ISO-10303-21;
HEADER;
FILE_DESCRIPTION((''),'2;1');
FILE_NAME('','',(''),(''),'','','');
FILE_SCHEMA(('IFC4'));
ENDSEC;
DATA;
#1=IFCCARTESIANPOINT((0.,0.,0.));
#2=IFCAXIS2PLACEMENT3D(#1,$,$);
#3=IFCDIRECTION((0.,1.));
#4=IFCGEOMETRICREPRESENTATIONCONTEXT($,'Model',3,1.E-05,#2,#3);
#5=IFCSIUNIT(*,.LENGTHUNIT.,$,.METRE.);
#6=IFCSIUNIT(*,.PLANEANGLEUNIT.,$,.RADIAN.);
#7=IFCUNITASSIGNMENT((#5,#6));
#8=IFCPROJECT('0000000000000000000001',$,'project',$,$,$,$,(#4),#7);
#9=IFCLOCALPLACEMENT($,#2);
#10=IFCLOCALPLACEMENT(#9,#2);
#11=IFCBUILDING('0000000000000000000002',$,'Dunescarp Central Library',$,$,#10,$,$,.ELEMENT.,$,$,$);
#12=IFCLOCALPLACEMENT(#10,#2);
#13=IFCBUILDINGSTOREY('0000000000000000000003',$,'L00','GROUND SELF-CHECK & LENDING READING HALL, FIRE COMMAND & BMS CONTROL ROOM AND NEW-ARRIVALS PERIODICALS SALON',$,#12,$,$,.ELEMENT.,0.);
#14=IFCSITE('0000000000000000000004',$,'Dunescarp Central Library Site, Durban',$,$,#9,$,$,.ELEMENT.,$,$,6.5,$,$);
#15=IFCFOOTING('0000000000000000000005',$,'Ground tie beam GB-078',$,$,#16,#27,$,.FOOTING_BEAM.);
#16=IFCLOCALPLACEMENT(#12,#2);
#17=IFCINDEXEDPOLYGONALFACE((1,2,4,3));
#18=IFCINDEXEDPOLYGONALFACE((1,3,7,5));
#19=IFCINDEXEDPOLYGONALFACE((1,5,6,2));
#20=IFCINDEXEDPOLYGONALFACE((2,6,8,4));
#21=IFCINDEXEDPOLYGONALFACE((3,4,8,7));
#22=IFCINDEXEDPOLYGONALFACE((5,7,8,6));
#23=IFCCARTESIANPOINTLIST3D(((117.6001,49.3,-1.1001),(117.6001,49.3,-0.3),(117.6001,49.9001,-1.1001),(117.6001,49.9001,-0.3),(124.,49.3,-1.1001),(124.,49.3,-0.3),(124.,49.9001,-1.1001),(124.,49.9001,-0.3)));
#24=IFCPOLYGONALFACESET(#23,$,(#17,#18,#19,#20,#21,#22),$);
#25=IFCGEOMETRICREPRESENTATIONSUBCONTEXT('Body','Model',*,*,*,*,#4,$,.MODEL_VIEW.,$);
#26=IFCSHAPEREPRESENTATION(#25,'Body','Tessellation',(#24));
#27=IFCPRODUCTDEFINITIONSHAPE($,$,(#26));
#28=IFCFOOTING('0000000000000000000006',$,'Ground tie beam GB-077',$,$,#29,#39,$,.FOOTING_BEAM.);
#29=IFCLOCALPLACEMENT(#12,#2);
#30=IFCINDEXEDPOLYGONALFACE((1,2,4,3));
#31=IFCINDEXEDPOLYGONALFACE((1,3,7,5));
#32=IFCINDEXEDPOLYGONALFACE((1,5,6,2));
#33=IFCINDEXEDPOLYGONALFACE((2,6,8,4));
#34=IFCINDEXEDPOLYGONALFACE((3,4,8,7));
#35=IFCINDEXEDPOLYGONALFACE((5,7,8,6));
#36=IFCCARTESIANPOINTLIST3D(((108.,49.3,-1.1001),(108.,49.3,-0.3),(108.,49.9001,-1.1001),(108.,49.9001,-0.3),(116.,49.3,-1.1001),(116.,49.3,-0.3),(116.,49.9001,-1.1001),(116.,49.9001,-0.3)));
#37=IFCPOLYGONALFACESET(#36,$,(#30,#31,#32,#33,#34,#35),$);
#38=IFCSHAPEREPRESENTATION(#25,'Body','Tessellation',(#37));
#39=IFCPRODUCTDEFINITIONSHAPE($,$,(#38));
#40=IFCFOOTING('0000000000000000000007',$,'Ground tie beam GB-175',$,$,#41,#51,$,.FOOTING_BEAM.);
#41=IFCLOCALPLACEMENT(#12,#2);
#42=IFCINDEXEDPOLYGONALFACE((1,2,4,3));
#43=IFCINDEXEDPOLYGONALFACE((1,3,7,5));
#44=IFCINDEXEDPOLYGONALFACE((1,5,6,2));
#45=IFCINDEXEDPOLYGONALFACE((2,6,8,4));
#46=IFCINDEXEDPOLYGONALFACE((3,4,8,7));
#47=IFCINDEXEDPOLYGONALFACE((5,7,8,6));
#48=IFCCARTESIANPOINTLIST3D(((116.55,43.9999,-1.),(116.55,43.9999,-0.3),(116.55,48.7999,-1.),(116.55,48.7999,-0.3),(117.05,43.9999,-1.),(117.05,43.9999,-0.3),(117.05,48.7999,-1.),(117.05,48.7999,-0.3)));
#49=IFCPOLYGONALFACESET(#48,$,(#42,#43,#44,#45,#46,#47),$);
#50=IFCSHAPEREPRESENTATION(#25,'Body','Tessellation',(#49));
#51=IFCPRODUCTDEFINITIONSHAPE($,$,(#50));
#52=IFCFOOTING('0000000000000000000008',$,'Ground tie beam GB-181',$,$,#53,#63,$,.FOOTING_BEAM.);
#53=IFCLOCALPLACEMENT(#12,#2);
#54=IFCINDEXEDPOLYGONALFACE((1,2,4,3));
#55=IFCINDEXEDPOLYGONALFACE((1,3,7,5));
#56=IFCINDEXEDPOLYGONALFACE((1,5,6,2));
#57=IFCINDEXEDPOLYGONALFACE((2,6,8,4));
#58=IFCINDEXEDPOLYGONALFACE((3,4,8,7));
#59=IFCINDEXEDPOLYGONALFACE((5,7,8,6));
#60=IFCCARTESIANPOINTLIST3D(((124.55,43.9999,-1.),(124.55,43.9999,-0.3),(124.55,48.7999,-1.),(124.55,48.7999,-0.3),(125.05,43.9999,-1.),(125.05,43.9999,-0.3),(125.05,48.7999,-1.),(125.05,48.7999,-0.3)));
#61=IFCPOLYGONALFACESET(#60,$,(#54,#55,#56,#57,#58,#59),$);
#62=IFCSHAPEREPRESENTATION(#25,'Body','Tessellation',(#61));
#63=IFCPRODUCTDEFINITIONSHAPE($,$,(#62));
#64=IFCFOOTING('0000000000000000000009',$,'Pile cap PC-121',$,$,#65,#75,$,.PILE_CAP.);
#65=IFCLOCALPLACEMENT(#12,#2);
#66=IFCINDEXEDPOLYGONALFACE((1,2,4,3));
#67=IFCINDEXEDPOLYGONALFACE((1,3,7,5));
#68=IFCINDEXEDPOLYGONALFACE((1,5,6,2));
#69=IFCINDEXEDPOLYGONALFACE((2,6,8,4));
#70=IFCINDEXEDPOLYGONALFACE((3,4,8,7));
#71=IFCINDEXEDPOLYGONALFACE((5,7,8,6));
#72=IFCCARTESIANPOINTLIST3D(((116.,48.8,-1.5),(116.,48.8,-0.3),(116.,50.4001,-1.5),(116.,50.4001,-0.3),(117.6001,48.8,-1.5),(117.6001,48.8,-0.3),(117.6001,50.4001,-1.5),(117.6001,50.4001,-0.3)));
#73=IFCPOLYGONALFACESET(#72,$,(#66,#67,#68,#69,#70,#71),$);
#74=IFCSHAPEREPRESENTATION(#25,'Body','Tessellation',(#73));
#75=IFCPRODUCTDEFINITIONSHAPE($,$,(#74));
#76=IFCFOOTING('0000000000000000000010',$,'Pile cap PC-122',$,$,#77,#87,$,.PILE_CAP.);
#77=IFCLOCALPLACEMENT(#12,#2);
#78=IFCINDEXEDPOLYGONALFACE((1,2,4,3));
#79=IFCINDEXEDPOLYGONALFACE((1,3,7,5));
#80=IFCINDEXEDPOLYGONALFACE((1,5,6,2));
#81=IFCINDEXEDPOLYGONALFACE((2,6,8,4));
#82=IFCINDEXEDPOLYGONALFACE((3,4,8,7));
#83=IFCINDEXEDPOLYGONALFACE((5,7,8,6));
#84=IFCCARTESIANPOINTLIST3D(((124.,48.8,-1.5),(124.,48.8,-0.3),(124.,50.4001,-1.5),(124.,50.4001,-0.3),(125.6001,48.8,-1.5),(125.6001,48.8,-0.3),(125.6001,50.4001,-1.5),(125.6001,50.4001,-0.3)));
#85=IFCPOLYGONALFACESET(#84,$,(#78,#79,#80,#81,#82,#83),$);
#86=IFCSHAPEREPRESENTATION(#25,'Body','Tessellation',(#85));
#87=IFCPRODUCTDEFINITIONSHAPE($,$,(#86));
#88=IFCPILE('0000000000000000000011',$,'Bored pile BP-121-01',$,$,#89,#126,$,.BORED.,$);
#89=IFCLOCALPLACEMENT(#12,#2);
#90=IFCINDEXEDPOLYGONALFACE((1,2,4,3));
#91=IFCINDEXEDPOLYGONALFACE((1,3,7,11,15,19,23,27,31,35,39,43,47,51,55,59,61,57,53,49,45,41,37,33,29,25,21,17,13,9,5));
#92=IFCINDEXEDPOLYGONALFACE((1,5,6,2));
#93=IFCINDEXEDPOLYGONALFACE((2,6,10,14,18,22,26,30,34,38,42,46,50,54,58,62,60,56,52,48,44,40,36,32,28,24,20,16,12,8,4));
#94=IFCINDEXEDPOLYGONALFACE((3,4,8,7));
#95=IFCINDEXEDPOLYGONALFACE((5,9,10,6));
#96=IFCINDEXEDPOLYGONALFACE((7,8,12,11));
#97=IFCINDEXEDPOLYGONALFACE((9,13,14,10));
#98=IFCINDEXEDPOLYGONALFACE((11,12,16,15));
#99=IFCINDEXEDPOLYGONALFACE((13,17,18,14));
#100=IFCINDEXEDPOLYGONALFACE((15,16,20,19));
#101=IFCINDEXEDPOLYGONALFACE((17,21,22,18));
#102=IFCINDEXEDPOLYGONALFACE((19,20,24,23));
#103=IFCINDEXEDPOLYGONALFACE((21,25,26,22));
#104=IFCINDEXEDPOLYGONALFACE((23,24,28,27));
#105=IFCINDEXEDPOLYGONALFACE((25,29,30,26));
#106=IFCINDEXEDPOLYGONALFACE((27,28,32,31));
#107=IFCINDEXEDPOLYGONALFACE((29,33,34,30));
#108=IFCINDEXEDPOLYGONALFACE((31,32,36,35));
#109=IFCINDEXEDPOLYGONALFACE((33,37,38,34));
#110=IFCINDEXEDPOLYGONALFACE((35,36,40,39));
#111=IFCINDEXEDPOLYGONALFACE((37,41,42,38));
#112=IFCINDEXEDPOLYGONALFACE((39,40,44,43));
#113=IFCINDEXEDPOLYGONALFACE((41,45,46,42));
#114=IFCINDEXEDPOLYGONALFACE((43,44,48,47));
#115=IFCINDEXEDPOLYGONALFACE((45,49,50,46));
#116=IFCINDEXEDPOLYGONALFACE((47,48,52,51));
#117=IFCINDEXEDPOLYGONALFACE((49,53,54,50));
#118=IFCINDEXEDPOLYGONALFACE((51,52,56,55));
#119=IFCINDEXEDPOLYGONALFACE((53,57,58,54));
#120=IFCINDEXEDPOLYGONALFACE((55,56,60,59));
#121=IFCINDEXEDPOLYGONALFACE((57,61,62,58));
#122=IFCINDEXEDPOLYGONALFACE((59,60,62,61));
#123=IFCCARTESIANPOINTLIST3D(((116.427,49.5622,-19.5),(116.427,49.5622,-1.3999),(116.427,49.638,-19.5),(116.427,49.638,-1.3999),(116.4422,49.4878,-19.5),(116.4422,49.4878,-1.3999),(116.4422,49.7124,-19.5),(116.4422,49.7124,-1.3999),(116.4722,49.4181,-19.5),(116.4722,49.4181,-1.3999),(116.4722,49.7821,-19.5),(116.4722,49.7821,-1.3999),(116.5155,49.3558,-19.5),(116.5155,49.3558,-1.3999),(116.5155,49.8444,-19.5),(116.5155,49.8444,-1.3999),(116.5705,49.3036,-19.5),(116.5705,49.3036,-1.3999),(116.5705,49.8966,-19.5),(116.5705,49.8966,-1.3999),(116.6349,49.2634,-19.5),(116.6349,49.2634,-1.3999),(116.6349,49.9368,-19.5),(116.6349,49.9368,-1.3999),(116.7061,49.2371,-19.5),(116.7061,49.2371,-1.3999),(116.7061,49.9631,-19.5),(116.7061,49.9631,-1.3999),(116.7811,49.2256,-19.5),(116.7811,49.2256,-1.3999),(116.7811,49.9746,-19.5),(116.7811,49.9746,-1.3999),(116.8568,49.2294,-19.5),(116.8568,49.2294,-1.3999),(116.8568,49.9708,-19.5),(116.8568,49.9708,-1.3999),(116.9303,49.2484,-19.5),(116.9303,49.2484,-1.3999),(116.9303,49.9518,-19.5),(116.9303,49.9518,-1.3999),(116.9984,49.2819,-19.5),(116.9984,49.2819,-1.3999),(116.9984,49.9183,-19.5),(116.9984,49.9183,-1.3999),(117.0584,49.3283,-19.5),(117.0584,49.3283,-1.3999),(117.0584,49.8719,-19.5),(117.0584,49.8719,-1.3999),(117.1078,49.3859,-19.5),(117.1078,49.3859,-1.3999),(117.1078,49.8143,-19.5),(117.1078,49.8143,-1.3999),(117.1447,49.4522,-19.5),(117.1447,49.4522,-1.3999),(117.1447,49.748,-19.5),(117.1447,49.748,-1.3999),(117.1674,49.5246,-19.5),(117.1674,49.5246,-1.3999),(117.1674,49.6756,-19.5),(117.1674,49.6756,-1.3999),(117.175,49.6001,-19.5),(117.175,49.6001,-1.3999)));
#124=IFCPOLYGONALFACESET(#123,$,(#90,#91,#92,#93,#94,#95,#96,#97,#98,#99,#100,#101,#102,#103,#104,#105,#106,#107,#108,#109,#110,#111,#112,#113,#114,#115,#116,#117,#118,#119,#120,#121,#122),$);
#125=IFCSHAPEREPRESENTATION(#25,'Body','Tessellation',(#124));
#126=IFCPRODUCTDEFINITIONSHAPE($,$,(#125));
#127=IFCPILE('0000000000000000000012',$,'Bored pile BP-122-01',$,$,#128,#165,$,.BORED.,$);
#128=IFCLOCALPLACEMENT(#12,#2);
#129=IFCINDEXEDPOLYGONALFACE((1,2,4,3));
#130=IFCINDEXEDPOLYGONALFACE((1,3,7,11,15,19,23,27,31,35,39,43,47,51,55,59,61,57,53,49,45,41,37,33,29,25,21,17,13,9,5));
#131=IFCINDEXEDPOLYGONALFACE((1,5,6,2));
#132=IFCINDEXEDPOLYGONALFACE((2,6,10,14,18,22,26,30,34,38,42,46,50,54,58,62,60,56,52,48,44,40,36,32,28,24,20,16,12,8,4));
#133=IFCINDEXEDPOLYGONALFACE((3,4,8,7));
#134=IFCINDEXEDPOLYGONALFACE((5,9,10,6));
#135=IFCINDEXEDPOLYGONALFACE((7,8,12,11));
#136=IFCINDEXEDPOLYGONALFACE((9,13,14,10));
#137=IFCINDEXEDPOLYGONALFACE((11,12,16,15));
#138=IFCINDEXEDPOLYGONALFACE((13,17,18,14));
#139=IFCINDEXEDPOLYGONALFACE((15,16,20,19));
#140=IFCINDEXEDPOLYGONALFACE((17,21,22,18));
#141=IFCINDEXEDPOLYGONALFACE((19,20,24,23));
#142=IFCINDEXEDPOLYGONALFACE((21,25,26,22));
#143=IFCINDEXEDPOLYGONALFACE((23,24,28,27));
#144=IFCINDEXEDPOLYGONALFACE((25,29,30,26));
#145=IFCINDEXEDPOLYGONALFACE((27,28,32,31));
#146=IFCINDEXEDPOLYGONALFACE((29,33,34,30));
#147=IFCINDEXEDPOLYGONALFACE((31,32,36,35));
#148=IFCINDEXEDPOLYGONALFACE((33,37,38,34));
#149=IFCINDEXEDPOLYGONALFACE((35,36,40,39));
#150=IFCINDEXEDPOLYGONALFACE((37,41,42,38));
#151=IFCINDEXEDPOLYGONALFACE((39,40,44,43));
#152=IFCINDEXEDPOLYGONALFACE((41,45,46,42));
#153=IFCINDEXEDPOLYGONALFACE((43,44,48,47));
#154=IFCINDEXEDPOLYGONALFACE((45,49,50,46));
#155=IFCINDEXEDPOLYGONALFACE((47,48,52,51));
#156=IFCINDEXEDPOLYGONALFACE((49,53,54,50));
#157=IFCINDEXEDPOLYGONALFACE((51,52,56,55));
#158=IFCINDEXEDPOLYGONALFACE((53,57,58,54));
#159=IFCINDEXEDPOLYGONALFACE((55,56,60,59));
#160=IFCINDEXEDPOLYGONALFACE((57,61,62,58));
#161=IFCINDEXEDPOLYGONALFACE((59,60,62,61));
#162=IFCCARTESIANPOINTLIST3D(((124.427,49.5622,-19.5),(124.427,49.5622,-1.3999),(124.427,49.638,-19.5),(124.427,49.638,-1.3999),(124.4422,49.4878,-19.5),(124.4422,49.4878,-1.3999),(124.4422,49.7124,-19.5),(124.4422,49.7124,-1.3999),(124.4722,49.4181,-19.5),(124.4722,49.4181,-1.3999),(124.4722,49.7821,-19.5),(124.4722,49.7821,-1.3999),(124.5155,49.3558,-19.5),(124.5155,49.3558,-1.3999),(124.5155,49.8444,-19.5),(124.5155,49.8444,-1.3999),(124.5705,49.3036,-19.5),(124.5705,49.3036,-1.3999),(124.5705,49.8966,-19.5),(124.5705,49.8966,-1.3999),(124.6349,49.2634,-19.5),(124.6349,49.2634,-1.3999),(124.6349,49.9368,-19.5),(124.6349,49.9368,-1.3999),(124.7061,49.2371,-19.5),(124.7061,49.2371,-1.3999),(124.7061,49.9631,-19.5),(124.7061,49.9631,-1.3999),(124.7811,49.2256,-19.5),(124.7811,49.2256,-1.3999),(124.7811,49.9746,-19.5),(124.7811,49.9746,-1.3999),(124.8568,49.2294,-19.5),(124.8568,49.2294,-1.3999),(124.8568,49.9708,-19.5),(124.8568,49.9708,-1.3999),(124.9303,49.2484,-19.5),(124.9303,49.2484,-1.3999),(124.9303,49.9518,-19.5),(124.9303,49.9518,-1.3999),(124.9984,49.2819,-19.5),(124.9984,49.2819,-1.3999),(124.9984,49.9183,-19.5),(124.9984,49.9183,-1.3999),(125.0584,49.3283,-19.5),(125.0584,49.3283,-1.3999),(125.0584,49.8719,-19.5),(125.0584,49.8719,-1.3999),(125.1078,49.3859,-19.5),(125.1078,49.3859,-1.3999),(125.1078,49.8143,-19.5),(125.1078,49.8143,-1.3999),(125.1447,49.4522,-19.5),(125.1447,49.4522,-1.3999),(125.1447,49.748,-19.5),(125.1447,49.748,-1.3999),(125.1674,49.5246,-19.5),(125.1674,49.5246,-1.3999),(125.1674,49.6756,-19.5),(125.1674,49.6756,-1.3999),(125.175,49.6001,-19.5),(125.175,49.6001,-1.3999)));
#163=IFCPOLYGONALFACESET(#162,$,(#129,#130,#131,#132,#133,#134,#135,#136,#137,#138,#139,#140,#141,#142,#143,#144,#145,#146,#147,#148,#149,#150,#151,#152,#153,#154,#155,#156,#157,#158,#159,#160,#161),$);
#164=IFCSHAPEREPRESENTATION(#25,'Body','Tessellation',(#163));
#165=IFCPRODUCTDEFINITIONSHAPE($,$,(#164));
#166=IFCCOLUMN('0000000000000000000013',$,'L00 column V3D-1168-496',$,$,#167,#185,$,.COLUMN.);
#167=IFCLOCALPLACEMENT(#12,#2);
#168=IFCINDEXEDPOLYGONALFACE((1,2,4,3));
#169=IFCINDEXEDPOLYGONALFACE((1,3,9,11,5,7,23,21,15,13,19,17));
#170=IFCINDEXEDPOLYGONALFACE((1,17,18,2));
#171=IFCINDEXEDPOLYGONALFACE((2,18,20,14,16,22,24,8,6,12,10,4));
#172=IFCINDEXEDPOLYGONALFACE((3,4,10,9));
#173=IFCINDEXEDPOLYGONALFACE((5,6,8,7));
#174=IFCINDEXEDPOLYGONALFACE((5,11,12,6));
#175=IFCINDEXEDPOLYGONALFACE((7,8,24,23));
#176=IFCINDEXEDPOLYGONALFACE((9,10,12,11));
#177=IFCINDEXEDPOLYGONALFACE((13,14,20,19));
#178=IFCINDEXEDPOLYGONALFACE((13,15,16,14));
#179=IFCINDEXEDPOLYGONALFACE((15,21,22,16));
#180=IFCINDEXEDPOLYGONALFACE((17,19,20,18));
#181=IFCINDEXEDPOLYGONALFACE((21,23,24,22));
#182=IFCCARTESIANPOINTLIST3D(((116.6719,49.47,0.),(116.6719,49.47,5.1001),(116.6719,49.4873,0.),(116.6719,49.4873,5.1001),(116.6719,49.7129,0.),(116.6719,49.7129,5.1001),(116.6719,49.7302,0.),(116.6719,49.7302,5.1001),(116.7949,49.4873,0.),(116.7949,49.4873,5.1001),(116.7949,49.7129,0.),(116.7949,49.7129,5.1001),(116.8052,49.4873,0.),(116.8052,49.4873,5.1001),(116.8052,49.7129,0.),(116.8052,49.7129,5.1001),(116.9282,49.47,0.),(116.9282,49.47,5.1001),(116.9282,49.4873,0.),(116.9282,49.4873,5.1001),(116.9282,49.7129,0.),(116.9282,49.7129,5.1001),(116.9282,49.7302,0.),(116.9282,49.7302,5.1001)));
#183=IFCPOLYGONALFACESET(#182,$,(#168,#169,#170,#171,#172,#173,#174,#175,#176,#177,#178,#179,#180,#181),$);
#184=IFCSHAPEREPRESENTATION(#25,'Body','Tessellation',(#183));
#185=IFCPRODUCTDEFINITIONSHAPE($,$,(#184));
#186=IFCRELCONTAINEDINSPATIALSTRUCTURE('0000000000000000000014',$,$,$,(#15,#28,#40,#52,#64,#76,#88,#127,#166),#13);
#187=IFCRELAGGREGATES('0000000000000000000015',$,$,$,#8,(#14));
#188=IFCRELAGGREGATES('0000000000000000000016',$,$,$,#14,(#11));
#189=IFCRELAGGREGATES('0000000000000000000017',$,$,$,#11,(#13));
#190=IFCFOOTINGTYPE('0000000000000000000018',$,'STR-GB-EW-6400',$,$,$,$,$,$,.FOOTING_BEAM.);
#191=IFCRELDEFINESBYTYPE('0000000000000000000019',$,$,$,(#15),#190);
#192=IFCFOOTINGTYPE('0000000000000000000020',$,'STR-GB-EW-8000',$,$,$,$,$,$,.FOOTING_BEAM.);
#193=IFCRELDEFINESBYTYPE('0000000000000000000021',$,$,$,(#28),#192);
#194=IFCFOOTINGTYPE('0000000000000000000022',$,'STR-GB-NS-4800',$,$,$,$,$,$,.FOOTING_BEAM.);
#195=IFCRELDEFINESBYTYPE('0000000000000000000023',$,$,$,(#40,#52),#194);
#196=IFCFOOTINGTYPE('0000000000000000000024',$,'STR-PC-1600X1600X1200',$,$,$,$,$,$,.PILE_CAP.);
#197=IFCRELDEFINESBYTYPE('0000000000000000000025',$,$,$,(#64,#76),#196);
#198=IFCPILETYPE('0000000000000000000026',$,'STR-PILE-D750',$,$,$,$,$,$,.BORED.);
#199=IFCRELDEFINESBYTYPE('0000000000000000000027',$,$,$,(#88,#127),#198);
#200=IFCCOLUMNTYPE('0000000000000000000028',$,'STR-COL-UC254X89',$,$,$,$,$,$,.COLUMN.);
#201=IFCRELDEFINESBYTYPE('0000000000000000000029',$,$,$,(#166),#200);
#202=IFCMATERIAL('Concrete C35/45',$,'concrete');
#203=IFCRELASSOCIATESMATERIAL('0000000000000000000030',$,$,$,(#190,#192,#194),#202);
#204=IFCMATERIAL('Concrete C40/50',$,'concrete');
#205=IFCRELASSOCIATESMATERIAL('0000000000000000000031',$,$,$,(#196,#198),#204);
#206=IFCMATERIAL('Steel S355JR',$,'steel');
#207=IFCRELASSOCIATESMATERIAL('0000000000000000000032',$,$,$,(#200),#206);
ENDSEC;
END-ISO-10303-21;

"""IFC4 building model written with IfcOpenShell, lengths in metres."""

from ifc_helpers import new_model, si_unit, direction, frame, origin, origin_2d, place, context, subcontext, project, spatial, rectangle, circle, i_section, extrude, material, material_profile, profile_set, type_object, element, save


model = new_model("IFC4")

# Units and contexts
model_context = context("Model", 3, precision=1e-05, world=origin(), true_north=direction((0.0, 1.0)))
body_context = subcontext(model_context, "Body", "Model", "MODEL_VIEW")
ifc_project = project(units=[si_unit("LENGTHUNIT", "METRE"), si_unit("PLANEANGLEUNIT", "RADIAN")], contexts=[model_context])

# Site, building, storey
site_placement = place(None, origin())
site = spatial("IfcSite", under=ifc_project, at=site_placement, Name="Dunescarp Central Library Site, Durban", CompositionType="ELEMENT", RefElevation=6.5)
building_placement = place(site_placement, origin())
building = spatial("IfcBuilding", under=site, at=building_placement, Name="Dunescarp Central Library", CompositionType="ELEMENT")
storey_placement = place(building_placement, origin())
storey = spatial("IfcBuildingStorey", under=building, at=storey_placement, Name="L00", Description="GROUND SELF-CHECK & LENDING READING HALL, FIRE COMMAND & BMS CONTROL ROOM AND NEW-ARRIVALS PERIODICALS SALON", CompositionType="ELEMENT", Elevation=0.0)

# Footings
ifc_material_1 = material(Name="Concrete C35/45", Category="concrete")
footing_type_1 = type_object("IfcFootingType", Name="STR-GB-EW-6400", PredefinedType="FOOTING_BEAM", material=ifc_material_1)
footing_1_placement = place(storey_placement, frame((120.8, 49.6001, -1.1001), z_axis=(0.0, 0.0, 1.0), x_axis=(1.0, 0.0, 0.0)))
element("IfcFooting", 1, at=footing_1_placement, inside=storey, type_object=footing_type_1, Name="Ground tie beam GB-078", PredefinedType="FOOTING_BEAM", context=body_context, shape_type="SweptSolid", body=[
    extrude(rectangle(XDim=6.3999, YDim=0.6001, at=origin_2d()), origin(), (0.0, 0.0, 1.0), 0.8),
])
footing_type_2 = type_object("IfcFootingType", Name="STR-GB-EW-8000", PredefinedType="FOOTING_BEAM", material=ifc_material_1)
footing_2_placement = place(storey_placement, frame((112.0, 49.6001, -1.1001), z_axis=(0.0, 0.0, 1.0), x_axis=(1.0, 0.0, 0.0)))
element("IfcFooting", 2, at=footing_2_placement, inside=storey, type_object=footing_type_2, Name="Ground tie beam GB-077", PredefinedType="FOOTING_BEAM", context=body_context, shape_type="SweptSolid", body=[
    extrude(rectangle(XDim=8.0, YDim=0.6001, at=origin_2d()), origin(), (0.0, 0.0, 1.0), 0.8),
])
footing_type_3 = type_object("IfcFootingType", Name="STR-GB-NS-4800", PredefinedType="FOOTING_BEAM", material=ifc_material_1)
for number, where, z_axis, x_axis, name in (
    (3, (116.8, 46.3999, -1.0), (0.0, 0.0, 1.0), (0.0, 1.0, 0.0), "Ground tie beam GB-175"),
    (4, (124.8, 46.3999, -1.0), (0.0, 0.0, 1.0), (0.0, 1.0, 0.0), "Ground tie beam GB-181"),
):
    element("IfcFooting", number, at=place(storey_placement, frame(where, z_axis=z_axis, x_axis=x_axis)), inside=storey, type_object=footing_type_3, Name=name, PredefinedType="FOOTING_BEAM", context=body_context, shape_type="SweptSolid", body=[
        extrude(rectangle(XDim=4.8, YDim=0.5, at=origin_2d()), origin(), (0.0, 0.0, 1.0), 0.7),
    ])
ifc_material_2 = material(Name="Concrete C40/50", Category="concrete")
footing_type_4 = type_object("IfcFootingType", Name="STR-PC-1600X1600X1200", PredefinedType="PILE_CAP", material=ifc_material_2)
for number, where, z_axis, x_axis, name in (
    (5, (116.8, 49.6001, -1.5), (0.0, 0.0, 1.0), (1.0, 0.0, 0.0), "Pile cap PC-121"),
    (6, (124.8, 49.6001, -1.5), (0.0, 0.0, 1.0), (1.0, 0.0, 0.0), "Pile cap PC-122"),
):
    element("IfcFooting", number, at=place(storey_placement, frame(where, z_axis=z_axis, x_axis=x_axis)), inside=storey, type_object=footing_type_4, Name=name, PredefinedType="PILE_CAP", context=body_context, shape_type="SweptSolid", body=[
        extrude(rectangle(XDim=1.6001, YDim=1.6001, at=origin_2d()), origin(), (0.0, 0.0, 1.0), 1.2),
    ])

# Piles
ifc_material_profile_1 = material_profile(ifc_material_2, circle(Radius=0.375, at=origin_2d()), Name="PILE D750")
ifc_profile_set_1 = profile_set([ifc_material_profile_1], Name="Concrete C40/50")
pile_type = type_object("IfcPileType", Name="STR-PILE-D750", PredefinedType="BORED", material=ifc_profile_set_1)
for number, where, z_axis, x_axis, name in (
    (7, (116.8, 49.6001, -1.3999), (0.0, 0.0, -1.0), (1.0, 0.0, 0.0), "Bored pile BP-121-01"),
    (8, (124.8, 49.6001, -1.3999), (0.0, 0.0, -1.0), (1.0, 0.0, 0.0), "Bored pile BP-122-01"),
):
    element("IfcPile", number, at=place(storey_placement, frame(where, z_axis=z_axis, x_axis=x_axis)), inside=storey, type_object=pile_type, Name=name, PredefinedType="BORED", context=body_context, shape_type="SweptSolid", body=[
        extrude(circle(Radius=0.375, at=origin_2d()), origin(), (0.0, 0.0, 1.0), 18.1001),
    ])

# Column
ifc_material_3 = material(Name="Steel S355JR", Category="steel")
ifc_material_profile_2 = material_profile(ifc_material_3, i_section(OverallWidth=0.2563, OverallDepth=0.2603, WebThickness=0.0103, FlangeThickness=0.0173, at=origin_2d()), Name="UC 254x254x89")
ifc_profile_set_2 = profile_set([ifc_material_profile_2], Name="Steel S355JR")
column_type = type_object("IfcColumnType", Name="STR-COL-UC254X89", PredefinedType="COLUMN", material=ifc_profile_set_2)
for number, where, z_axis, x_axis, name in (
    (9, (116.8, 49.6001, 0.0), (0.0, 0.0, 1.0), (1.0, 0.0, 0.0), "L00 column V3D-1168-496"),
):
    element("IfcColumn", number, at=place(storey_placement, frame(where, z_axis=z_axis, x_axis=x_axis)), inside=storey, type_object=column_type, Name=name, PredefinedType="COLUMN", context=body_context, shape_type="SweptSolid", body=[
        extrude(i_section(OverallWidth=0.2563, OverallDepth=0.2603, WebThickness=0.0103, FlangeThickness=0.0173, at=origin_2d()), origin(), (0.0, 0.0, 1.0), 5.1001),
    ])

save(model, "model.ifc")
